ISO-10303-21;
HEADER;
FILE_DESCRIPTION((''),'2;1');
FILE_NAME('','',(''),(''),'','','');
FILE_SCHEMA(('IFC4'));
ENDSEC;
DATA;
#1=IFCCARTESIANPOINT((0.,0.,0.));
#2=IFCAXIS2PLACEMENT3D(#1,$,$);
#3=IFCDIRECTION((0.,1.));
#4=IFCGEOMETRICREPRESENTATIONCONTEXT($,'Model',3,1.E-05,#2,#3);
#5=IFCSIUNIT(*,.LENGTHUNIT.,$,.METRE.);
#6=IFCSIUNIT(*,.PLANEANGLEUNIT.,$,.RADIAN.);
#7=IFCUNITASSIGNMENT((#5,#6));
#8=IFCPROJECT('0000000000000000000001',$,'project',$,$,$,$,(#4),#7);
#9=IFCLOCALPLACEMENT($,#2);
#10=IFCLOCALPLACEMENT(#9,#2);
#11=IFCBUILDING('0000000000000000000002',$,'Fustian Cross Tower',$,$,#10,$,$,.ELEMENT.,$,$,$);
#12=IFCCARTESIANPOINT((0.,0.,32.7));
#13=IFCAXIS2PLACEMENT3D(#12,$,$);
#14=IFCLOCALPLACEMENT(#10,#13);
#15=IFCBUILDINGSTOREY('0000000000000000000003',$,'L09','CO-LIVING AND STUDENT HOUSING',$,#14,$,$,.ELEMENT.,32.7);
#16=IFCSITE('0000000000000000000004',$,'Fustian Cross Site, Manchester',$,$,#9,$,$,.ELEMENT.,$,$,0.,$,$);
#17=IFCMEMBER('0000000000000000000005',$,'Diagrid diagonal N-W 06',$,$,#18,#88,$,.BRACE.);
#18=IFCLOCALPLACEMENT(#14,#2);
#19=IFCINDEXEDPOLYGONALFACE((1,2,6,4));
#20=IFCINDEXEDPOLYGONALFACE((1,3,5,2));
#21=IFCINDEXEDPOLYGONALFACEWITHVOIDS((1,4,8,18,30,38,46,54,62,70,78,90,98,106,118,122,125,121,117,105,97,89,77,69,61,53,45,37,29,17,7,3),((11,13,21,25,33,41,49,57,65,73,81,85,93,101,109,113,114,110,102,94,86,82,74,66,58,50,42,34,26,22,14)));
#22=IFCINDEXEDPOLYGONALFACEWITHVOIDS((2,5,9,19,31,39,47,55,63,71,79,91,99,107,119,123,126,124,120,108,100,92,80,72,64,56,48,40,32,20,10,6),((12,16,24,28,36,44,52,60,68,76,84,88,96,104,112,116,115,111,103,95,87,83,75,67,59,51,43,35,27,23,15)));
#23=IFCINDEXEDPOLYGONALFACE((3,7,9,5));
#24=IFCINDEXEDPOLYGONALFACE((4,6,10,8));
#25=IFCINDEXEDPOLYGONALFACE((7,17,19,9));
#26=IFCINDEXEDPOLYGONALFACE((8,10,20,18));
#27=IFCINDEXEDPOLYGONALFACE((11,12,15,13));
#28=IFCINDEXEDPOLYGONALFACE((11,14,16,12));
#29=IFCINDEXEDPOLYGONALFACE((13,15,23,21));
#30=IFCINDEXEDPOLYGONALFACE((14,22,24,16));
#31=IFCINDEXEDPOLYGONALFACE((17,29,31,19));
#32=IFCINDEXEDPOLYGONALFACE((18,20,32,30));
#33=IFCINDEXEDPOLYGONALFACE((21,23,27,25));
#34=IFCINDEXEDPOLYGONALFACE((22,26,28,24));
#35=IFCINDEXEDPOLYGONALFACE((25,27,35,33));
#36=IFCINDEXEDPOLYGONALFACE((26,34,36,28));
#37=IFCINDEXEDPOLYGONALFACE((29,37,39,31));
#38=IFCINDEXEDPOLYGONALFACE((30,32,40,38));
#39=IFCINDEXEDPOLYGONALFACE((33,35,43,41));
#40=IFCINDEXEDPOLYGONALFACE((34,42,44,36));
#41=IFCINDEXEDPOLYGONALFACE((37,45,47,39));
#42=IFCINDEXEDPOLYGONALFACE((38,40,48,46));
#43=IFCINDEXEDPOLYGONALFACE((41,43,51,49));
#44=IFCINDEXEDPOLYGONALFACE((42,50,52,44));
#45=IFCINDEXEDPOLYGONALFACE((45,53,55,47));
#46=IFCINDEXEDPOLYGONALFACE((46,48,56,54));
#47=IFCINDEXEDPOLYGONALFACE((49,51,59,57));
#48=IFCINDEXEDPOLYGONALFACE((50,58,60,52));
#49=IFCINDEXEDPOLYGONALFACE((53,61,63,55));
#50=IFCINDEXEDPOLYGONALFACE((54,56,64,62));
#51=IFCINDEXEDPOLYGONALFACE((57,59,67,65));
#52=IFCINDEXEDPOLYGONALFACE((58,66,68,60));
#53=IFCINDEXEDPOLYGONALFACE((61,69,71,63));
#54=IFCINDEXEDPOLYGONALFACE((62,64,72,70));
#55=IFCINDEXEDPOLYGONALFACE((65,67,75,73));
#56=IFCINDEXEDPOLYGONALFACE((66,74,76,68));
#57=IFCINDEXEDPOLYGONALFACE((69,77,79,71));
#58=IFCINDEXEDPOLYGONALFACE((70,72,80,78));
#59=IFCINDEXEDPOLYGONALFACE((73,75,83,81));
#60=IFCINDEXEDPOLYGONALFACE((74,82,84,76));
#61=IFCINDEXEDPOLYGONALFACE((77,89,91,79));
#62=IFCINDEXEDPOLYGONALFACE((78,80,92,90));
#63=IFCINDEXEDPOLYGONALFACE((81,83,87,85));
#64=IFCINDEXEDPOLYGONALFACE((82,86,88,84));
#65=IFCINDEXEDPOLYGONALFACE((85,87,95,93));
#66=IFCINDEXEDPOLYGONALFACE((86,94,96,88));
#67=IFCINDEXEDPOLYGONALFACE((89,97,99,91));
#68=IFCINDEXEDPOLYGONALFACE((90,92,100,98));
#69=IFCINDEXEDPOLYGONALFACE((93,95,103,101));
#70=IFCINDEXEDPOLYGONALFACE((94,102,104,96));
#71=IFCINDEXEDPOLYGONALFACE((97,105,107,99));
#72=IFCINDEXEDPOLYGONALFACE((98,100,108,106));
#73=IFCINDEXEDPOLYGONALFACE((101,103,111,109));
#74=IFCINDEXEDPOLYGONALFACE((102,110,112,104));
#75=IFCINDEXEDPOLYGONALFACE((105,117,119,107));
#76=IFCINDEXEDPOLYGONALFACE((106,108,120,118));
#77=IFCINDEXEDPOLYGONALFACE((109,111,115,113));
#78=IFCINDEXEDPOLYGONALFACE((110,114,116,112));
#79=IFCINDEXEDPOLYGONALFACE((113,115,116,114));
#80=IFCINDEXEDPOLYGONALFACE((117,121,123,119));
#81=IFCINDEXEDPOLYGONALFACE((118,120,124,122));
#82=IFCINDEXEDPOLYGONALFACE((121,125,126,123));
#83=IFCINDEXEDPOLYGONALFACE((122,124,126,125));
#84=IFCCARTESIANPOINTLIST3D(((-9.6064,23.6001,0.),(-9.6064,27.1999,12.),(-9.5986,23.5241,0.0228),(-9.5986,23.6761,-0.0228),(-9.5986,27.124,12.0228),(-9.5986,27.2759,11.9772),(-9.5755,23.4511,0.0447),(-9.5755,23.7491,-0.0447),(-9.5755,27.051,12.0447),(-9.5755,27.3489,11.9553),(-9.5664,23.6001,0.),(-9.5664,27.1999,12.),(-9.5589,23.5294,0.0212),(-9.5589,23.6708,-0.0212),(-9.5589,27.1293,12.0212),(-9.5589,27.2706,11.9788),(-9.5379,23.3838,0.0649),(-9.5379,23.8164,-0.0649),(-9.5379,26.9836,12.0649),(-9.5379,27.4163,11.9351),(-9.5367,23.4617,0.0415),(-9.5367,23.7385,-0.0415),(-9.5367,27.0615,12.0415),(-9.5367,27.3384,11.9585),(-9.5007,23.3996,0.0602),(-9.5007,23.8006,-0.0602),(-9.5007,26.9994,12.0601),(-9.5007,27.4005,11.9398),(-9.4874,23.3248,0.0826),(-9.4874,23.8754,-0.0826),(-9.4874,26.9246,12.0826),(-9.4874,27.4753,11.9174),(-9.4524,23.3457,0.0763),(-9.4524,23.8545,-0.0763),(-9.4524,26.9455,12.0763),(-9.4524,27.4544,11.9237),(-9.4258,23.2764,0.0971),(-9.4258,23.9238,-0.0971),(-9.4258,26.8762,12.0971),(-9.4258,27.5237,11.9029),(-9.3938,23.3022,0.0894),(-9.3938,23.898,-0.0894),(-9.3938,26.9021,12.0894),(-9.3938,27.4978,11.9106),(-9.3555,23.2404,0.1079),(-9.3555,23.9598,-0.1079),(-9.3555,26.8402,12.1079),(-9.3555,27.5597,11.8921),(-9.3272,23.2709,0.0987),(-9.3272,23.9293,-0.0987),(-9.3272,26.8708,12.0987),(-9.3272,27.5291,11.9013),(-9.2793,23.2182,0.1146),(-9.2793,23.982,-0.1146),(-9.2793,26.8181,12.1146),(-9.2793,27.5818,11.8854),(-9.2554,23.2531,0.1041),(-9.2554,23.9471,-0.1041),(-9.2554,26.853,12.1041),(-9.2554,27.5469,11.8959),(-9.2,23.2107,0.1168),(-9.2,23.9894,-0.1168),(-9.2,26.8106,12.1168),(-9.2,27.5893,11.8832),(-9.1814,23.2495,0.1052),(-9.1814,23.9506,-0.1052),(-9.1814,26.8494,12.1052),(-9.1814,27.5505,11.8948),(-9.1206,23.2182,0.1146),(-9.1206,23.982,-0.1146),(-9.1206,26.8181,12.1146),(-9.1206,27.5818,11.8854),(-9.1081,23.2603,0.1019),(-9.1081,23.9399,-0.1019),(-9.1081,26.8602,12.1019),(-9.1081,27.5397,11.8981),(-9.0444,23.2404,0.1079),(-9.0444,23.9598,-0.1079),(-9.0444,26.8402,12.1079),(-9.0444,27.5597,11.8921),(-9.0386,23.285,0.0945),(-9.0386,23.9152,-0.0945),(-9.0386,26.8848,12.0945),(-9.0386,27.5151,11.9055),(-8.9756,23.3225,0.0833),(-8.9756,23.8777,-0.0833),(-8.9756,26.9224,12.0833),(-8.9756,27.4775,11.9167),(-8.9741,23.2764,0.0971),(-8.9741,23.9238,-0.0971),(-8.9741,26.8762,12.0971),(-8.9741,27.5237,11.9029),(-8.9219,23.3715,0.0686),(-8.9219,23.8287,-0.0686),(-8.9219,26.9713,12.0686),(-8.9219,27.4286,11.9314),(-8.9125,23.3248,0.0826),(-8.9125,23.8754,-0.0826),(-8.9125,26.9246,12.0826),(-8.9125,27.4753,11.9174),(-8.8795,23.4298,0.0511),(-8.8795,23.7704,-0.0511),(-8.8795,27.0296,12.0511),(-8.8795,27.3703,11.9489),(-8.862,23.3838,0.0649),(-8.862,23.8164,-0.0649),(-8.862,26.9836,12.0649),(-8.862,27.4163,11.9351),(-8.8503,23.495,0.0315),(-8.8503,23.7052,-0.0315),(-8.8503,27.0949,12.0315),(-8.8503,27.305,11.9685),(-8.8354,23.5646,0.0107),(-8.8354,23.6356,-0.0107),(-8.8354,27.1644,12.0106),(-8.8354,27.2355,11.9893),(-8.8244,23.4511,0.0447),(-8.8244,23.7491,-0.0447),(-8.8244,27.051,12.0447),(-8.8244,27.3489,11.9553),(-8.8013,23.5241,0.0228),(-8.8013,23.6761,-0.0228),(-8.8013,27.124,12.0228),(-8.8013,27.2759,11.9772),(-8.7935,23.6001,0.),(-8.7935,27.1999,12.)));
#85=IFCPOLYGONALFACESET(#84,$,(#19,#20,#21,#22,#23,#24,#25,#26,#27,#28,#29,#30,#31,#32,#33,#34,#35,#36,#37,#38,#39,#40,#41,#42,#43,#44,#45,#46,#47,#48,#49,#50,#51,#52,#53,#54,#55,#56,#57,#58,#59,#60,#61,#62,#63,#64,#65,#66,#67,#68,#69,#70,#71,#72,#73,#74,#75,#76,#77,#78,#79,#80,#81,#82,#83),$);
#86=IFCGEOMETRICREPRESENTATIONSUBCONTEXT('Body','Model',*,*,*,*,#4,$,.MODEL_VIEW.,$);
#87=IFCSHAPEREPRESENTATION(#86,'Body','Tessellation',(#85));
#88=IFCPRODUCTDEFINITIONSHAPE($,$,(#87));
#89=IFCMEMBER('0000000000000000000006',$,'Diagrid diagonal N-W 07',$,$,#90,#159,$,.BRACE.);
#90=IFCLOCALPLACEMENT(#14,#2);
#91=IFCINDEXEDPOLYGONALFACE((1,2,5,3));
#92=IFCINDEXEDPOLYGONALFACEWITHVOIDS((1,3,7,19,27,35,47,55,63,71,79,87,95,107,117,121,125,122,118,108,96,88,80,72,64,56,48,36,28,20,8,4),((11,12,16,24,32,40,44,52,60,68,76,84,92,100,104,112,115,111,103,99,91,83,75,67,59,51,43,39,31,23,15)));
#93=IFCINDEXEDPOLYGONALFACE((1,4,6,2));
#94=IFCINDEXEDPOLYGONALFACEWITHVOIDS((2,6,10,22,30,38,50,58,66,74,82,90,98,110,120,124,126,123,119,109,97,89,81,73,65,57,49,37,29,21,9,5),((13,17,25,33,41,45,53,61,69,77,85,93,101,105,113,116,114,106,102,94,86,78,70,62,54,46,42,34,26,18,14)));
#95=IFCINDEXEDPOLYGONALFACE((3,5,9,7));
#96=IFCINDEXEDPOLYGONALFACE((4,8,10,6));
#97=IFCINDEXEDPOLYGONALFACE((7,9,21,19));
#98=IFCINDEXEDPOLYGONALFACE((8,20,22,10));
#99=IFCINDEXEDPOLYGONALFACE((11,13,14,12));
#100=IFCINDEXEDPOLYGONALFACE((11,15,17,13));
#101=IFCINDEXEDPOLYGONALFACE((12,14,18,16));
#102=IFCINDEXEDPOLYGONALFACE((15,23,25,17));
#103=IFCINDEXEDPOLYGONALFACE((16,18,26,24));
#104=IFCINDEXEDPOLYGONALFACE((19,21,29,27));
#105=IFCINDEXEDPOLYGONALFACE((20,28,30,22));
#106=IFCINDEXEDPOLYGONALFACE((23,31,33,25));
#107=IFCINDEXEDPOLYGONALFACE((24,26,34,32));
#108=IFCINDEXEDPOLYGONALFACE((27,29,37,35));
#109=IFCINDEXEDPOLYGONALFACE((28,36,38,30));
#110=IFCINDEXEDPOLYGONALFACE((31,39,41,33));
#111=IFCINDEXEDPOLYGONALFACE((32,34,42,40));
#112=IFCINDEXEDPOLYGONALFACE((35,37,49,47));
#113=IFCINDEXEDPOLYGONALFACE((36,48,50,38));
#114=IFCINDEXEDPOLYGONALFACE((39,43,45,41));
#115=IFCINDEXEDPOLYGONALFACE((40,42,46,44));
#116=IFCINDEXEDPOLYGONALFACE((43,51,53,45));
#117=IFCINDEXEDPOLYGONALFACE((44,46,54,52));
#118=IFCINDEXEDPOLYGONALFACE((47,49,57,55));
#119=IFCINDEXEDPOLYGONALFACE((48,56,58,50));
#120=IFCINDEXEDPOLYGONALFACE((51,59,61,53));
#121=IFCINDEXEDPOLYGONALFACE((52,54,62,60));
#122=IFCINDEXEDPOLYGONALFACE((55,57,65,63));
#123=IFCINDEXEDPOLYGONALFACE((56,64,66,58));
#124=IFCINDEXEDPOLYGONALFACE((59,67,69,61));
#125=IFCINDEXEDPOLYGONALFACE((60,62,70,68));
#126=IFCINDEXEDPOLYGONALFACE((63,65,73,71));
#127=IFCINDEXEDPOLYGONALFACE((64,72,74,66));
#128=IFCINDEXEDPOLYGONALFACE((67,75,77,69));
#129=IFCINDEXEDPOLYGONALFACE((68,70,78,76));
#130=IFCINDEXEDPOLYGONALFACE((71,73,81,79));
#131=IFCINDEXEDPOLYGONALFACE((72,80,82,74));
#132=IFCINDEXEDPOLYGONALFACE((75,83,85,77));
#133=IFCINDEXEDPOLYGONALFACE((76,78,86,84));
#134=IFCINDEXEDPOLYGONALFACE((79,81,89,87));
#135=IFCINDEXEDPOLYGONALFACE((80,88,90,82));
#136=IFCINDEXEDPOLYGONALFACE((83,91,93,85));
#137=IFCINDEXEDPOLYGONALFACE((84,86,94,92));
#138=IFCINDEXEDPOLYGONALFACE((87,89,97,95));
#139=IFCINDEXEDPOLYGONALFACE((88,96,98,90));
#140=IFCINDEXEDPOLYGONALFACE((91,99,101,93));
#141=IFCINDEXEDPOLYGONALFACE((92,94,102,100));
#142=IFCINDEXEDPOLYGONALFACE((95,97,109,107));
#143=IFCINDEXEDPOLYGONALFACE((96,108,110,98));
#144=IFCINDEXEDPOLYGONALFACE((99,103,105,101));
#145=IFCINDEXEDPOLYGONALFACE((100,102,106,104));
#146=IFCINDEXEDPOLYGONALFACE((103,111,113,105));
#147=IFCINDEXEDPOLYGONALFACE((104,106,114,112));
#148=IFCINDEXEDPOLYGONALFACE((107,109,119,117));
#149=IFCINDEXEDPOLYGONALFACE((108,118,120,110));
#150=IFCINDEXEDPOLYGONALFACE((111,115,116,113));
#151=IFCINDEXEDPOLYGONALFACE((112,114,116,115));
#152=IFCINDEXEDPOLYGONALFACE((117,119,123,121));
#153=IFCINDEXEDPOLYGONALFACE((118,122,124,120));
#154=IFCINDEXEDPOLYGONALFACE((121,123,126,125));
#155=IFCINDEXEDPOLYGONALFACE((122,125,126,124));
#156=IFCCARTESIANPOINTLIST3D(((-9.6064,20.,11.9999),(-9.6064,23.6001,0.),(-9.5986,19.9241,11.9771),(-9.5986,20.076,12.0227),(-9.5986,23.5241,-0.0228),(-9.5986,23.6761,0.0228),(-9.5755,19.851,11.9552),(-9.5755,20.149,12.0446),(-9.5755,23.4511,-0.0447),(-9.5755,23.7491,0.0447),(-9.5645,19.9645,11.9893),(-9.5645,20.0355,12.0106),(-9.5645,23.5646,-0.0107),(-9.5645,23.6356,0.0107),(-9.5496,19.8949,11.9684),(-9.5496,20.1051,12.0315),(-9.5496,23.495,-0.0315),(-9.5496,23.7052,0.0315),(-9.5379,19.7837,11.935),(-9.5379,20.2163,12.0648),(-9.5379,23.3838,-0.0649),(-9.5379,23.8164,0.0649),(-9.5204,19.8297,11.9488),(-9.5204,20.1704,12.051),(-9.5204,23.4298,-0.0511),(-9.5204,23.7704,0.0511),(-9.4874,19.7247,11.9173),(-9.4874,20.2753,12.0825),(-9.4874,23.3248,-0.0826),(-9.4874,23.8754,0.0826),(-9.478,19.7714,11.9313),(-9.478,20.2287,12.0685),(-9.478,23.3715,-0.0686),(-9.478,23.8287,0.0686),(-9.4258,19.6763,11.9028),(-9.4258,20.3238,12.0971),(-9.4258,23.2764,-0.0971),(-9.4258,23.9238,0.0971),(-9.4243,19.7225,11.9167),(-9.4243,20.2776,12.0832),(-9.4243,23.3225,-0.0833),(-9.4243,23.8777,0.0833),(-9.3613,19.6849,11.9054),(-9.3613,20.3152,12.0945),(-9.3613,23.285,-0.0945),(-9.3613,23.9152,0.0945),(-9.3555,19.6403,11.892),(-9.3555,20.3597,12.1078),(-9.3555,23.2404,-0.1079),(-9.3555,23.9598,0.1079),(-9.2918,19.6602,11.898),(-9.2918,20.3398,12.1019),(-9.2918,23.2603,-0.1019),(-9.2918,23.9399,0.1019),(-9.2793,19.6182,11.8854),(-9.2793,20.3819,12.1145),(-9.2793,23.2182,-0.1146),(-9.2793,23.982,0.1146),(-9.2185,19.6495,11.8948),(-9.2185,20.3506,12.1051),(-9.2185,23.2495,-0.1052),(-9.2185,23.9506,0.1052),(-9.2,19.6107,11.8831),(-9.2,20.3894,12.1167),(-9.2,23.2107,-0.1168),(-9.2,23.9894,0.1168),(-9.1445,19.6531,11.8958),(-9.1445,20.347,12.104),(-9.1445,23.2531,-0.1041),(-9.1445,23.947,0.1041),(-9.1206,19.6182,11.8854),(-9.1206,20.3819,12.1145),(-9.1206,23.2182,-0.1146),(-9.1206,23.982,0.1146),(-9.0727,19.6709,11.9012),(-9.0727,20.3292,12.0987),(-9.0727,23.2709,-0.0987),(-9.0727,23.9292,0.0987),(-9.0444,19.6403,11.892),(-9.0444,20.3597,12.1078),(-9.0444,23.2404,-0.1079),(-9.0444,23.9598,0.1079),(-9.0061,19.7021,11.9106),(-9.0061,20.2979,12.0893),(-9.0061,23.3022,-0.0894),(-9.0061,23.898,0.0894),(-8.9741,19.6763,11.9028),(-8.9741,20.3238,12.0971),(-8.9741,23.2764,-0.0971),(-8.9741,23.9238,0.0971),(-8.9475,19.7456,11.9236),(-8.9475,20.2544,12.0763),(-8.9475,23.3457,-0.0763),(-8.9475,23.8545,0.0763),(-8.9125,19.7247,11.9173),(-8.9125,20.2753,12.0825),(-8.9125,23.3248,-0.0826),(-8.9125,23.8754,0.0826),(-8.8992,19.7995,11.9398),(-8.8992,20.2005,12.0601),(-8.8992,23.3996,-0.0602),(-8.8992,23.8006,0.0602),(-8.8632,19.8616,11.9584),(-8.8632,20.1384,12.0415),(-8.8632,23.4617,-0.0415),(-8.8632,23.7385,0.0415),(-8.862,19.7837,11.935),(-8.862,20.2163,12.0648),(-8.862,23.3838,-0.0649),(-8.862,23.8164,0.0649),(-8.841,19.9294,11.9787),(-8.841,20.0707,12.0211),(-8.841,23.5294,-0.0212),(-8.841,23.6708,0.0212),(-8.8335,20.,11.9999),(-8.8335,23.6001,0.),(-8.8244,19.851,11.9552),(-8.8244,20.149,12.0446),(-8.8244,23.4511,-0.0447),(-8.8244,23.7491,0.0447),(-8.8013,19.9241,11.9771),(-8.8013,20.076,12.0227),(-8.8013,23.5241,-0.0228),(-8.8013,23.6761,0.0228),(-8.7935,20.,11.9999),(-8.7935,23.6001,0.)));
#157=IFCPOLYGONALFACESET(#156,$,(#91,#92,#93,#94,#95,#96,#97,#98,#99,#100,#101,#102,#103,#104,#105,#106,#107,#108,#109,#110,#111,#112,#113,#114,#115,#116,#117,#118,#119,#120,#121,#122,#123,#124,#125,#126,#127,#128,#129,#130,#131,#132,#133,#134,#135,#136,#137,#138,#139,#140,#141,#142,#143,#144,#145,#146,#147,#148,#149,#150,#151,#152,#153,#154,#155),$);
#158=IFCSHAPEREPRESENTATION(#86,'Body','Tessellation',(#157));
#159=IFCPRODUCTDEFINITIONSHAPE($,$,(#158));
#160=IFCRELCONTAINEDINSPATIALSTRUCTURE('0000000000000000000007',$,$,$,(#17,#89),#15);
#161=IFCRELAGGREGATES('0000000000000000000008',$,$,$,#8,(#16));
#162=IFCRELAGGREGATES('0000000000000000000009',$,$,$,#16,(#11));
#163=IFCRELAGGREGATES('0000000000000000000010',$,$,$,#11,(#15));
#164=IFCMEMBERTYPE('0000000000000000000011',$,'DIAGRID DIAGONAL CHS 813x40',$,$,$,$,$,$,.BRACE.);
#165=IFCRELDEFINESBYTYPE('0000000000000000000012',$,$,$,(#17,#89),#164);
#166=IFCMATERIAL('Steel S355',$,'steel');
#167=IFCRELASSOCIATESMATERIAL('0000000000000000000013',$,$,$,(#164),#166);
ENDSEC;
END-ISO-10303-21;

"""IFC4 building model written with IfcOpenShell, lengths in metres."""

from ifc_helpers import new_model, si_unit, direction, frame, origin, origin_2d, place, context, subcontext, project, spatial, hollow_circle, extrude, material, material_profile, profile_set, type_object, element, save


model = new_model("IFC4")

# Units and contexts
model_context = context("Model", 3, precision=1e-05, world=origin(), true_north=direction((0.0, 1.0)))
body_context = subcontext(model_context, "Body", "Model", "MODEL_VIEW")
ifc_project = project(units=[si_unit("LENGTHUNIT", "METRE"), si_unit("PLANEANGLEUNIT", "RADIAN")], contexts=[model_context])

# Site, building, storey
site_placement = place(None, origin())
site = spatial("IfcSite", under=ifc_project, at=site_placement, Name="Fustian Cross Site, Manchester", CompositionType="ELEMENT", RefElevation=0.0)
building_placement = place(site_placement, origin())
building = spatial("IfcBuilding", under=site, at=building_placement, Name="Fustian Cross Tower", CompositionType="ELEMENT")
storey_placement = place(building_placement, frame((0.0, 0.0, 32.7)))
storey = spatial("IfcBuildingStorey", under=building, at=storey_placement, Name="L09", Description="CO-LIVING AND STUDENT HOUSING", CompositionType="ELEMENT", Elevation=32.7)

# Members
ifc_material_1 = material(Name="Steel S355", Category="steel")
ifc_material_profile_1 = material_profile(ifc_material_1, hollow_circle(Radius=0.4065, WallThickness=0.04, at=origin_2d()), Name="CHS 813x40")
ifc_profile_set_1 = profile_set([ifc_material_profile_1], Name="Steel S355")
member_type_1 = type_object("IfcMemberType", Name="DIAGRID DIAGONAL CHS 813x40", PredefinedType="BRACE", material=ifc_profile_set_1)
for number, where, z_axis, x_axis, name in (
    (1, (-9.2, 23.6001, 0.0), (0.0, 0.287337, 0.95783), (-1.0, 0.0, 0.0), "Diagrid diagonal N-W 06"),
    (2, (-9.2, 23.6001, 0.0), (0.0, -0.287355, 0.957824), (1.0, 0.0, 0.0), "Diagrid diagonal N-W 07"),
):
    element("IfcMember", number, at=place(storey_placement, frame(where, z_axis=z_axis, x_axis=x_axis)), inside=storey, type_object=member_type_1, Name=name, PredefinedType="BRACE", context=body_context, shape_type="SweptSolid", body=[
        extrude(hollow_circle(Radius=0.4065, WallThickness=0.04, at=origin_2d()), origin(), (0.0, 0.0, 1.0), 12.5283),
    ])

save(model, "model.ifc")
